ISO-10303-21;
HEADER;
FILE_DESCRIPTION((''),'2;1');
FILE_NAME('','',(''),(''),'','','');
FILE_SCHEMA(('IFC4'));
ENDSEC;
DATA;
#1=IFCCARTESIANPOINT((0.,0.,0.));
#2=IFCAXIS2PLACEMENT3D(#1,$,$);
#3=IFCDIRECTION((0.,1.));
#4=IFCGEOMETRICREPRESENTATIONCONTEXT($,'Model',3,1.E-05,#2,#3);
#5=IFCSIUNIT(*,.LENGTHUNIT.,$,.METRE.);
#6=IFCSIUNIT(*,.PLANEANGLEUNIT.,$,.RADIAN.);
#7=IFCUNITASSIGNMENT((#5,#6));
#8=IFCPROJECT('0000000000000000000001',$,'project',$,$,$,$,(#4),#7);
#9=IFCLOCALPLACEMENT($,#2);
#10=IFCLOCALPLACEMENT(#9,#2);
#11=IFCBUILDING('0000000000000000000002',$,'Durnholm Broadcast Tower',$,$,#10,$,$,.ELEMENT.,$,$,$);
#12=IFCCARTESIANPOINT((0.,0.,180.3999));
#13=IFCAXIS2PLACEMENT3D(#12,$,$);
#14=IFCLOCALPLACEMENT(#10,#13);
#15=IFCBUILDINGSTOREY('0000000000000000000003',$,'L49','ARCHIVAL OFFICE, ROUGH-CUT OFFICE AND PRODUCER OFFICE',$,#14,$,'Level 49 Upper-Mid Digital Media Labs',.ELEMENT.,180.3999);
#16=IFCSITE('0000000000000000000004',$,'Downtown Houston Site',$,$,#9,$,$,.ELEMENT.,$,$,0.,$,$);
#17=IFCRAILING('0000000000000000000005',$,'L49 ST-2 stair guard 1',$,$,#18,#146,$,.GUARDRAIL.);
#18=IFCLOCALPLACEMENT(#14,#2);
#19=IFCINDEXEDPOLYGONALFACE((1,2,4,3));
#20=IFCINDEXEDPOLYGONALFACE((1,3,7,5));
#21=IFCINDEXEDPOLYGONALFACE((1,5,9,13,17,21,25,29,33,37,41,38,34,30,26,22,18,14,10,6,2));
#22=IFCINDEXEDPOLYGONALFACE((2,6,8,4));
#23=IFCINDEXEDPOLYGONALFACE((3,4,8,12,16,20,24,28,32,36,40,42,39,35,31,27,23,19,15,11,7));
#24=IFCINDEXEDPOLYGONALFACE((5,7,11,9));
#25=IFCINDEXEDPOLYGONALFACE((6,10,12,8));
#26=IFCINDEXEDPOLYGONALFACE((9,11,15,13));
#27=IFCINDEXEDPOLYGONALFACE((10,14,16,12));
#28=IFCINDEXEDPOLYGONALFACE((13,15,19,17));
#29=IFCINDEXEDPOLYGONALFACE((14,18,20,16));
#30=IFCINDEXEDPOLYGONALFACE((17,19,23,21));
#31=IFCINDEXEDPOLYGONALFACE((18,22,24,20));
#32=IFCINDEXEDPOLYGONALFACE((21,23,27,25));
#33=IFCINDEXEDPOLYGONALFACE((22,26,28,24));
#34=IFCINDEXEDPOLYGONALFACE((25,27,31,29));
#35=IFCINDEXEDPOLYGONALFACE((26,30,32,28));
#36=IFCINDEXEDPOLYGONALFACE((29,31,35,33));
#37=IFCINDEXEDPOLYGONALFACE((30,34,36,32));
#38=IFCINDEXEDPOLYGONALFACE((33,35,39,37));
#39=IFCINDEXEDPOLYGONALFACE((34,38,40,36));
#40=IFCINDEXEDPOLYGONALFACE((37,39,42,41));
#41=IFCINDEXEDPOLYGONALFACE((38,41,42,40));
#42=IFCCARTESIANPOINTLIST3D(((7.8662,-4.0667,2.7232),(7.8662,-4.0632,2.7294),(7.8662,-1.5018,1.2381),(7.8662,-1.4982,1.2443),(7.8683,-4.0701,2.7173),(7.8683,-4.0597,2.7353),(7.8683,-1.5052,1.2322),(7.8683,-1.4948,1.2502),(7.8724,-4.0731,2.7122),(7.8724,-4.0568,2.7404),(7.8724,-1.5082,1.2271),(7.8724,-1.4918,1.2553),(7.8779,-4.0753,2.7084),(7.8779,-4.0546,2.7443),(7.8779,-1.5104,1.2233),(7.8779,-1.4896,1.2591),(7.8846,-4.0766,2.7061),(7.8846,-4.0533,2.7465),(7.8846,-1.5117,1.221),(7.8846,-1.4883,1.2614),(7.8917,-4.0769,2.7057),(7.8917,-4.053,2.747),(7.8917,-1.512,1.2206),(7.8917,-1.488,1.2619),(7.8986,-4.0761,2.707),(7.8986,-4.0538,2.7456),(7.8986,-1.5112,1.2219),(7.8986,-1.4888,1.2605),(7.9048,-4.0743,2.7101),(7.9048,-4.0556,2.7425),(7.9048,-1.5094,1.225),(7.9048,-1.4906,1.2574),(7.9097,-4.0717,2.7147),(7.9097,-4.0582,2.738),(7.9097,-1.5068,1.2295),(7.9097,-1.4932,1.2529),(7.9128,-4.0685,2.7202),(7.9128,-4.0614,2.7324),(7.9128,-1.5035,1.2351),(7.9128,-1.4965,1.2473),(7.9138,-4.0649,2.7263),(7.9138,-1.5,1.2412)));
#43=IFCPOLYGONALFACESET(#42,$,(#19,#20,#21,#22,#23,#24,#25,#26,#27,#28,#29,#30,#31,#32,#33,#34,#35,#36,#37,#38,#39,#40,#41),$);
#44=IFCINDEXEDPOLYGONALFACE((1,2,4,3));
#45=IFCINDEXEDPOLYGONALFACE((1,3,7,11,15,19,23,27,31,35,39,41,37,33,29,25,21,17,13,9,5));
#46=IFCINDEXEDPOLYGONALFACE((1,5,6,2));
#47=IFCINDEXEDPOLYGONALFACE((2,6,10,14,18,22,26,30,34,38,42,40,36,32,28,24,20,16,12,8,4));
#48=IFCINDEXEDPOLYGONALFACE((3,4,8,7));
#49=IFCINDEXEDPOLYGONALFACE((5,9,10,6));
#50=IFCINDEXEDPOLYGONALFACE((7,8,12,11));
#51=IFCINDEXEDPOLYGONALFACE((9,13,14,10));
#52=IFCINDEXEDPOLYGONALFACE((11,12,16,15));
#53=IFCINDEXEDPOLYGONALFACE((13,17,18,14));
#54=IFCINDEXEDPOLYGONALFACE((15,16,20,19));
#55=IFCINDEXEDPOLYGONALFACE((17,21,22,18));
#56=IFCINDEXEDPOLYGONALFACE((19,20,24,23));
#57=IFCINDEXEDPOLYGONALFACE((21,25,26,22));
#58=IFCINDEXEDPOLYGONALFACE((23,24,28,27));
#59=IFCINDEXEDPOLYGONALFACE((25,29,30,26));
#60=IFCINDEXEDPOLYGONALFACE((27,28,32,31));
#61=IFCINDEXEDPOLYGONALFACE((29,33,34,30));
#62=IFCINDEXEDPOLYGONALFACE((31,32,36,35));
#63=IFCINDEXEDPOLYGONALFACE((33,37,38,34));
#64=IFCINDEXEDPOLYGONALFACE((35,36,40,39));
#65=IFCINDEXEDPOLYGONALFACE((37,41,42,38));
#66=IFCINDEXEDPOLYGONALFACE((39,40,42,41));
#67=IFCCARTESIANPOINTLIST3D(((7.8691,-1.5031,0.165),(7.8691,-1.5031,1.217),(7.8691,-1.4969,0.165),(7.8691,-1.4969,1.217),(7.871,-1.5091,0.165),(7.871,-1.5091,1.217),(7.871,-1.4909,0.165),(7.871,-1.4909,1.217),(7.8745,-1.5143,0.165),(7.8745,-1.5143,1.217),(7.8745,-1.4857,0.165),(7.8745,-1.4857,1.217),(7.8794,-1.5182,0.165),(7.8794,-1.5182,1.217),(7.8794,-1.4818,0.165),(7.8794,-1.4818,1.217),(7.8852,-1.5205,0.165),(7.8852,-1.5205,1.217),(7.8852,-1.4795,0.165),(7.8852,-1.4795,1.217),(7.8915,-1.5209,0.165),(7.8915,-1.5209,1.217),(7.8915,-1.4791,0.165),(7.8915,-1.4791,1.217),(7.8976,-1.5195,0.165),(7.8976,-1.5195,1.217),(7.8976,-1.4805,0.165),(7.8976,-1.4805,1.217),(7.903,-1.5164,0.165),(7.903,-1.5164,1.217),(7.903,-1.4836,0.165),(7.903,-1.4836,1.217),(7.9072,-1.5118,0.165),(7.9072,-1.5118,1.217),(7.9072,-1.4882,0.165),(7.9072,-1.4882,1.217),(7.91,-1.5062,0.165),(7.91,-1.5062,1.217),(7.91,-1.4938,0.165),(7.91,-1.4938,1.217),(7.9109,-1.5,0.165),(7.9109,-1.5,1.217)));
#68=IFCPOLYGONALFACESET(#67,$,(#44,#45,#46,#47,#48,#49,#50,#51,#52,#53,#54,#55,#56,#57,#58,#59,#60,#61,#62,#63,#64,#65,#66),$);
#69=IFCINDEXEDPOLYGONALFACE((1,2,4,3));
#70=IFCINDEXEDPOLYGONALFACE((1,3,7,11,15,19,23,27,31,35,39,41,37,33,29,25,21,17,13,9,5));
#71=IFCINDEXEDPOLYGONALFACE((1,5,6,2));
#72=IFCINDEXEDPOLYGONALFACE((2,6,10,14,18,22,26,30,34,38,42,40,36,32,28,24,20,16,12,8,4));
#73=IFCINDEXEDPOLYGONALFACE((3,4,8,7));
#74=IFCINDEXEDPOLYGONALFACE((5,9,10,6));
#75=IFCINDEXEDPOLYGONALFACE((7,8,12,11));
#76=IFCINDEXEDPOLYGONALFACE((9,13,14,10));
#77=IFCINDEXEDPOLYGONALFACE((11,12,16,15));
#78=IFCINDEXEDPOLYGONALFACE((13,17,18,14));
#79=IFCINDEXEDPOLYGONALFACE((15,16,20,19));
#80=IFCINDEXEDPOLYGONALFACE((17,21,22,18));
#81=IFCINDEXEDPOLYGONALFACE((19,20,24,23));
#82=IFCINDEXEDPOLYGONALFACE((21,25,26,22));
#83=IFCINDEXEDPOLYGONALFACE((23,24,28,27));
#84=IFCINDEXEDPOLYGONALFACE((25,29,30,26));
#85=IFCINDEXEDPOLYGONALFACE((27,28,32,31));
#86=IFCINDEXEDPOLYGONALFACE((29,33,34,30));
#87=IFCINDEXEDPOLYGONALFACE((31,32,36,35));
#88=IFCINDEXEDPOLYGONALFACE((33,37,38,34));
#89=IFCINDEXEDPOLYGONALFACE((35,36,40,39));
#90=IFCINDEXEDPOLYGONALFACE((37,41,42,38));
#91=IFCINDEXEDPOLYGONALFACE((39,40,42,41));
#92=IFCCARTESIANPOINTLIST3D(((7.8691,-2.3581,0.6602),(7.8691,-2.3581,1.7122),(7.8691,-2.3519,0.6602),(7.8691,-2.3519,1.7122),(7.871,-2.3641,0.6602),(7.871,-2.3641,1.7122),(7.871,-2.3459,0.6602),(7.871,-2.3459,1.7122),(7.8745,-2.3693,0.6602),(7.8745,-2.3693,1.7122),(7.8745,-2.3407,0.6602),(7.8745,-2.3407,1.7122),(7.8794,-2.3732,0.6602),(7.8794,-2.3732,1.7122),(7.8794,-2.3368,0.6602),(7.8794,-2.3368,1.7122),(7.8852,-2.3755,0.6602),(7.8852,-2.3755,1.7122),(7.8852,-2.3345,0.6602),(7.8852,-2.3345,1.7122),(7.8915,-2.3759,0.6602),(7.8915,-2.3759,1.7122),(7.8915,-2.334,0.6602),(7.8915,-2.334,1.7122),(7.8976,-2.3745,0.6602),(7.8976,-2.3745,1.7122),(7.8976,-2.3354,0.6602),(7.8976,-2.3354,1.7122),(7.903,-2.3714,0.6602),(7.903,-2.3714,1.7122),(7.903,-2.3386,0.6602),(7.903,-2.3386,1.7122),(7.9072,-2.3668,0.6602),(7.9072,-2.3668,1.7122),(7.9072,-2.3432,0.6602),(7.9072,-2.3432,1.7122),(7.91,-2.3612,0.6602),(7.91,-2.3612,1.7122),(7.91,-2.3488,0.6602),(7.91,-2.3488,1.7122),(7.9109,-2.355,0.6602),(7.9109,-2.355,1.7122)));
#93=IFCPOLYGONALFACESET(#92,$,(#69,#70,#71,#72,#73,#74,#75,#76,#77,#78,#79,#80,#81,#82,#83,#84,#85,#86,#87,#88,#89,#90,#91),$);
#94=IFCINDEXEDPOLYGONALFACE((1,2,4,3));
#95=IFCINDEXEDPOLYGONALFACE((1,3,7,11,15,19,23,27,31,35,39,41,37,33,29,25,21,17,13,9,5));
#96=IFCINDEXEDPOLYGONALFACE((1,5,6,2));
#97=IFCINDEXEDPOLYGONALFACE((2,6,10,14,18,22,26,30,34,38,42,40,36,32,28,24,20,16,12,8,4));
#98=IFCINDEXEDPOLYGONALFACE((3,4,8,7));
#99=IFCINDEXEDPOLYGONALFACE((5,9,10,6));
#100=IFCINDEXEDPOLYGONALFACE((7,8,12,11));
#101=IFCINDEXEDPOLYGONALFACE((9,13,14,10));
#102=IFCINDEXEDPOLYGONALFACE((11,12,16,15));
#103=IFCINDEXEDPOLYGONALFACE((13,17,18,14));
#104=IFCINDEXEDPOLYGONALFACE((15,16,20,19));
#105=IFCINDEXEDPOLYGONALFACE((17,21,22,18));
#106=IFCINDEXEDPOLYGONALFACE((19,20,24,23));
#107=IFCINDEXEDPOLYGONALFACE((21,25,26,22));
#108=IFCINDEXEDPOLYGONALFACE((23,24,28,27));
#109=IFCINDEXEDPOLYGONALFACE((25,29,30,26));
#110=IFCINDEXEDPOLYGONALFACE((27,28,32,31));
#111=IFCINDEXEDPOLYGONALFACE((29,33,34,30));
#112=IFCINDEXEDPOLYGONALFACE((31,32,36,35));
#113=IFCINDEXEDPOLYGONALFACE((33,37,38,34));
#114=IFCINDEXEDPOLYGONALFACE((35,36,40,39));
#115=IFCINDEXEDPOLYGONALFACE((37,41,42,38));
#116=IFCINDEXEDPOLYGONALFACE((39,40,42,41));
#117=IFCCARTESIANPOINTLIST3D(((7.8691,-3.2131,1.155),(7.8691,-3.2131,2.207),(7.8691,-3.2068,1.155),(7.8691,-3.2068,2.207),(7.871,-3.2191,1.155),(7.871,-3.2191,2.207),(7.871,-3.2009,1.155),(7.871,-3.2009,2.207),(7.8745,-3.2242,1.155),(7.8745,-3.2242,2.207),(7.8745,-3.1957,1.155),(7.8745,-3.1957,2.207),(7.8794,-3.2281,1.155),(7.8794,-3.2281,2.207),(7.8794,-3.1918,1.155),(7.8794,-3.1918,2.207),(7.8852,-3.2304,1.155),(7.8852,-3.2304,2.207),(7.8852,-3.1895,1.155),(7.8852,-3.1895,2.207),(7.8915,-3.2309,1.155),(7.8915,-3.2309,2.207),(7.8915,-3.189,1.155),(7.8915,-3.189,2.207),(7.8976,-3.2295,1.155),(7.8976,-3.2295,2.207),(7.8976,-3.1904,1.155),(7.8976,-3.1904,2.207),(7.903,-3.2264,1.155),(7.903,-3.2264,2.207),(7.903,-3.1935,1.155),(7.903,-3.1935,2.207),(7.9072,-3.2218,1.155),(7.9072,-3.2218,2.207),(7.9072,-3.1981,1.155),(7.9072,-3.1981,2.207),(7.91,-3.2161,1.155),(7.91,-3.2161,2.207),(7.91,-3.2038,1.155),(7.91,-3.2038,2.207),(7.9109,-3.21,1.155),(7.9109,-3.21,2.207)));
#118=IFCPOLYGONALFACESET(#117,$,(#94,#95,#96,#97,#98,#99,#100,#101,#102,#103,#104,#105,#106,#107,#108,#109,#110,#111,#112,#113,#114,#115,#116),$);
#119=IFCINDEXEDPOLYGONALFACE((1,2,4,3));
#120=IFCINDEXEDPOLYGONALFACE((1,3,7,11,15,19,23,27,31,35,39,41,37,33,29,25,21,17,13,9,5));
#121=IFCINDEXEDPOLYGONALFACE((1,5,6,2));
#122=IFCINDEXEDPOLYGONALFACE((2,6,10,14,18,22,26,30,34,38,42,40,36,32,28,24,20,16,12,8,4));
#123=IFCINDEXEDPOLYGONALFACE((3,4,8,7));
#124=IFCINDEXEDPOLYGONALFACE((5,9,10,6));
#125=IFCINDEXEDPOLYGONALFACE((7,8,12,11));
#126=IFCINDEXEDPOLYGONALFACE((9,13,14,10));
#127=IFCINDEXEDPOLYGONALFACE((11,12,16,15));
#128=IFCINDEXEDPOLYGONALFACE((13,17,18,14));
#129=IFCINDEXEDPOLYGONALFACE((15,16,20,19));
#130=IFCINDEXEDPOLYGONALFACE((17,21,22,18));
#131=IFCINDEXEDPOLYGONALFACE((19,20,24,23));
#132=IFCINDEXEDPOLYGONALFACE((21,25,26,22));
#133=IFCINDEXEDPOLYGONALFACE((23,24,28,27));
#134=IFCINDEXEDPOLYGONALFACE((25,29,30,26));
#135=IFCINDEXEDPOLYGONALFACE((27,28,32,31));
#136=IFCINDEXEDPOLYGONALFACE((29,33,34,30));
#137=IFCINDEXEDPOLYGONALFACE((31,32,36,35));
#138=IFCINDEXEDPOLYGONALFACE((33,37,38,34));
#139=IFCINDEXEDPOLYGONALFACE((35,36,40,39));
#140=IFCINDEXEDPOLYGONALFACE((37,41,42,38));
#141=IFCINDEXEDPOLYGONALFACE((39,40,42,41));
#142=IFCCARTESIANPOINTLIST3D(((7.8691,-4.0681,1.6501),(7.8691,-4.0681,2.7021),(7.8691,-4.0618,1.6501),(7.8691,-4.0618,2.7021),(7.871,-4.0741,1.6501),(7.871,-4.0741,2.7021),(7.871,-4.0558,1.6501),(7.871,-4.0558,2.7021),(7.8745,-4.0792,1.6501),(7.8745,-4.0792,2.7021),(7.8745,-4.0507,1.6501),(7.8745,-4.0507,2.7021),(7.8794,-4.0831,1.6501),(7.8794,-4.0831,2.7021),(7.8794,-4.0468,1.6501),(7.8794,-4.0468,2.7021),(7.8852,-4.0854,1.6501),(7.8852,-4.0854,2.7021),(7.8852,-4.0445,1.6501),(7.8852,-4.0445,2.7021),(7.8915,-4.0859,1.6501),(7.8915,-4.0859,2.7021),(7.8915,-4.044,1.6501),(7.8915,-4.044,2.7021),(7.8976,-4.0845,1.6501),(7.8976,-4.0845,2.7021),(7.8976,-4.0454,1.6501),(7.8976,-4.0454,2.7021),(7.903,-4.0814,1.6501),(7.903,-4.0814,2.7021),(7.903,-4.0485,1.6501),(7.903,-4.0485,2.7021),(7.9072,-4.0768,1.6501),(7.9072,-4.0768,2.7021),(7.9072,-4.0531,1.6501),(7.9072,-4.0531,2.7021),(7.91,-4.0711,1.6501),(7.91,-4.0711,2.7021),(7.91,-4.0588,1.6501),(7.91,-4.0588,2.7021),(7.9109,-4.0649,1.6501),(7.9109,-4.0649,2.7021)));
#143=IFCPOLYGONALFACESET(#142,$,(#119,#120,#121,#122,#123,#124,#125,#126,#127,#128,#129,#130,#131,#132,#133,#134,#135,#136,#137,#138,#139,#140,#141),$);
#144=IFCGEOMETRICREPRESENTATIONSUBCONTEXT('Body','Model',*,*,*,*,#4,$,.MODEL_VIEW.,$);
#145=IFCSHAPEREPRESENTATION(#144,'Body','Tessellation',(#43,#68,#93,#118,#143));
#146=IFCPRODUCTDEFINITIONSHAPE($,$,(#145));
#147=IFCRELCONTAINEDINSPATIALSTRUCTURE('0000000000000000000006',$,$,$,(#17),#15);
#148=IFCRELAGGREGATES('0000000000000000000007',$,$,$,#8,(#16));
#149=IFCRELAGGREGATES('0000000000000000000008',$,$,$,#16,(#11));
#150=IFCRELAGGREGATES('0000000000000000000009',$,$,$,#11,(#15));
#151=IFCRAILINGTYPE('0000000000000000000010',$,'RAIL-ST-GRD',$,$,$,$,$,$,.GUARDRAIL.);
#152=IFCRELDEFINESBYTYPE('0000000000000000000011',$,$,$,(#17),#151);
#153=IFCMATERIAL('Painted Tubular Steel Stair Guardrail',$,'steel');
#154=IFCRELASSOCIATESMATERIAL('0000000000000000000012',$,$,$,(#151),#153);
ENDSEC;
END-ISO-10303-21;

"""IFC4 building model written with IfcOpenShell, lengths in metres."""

from ifc_helpers import new_model, si_unit, direction, frame, origin, origin_2d, place, context, subcontext, project, spatial, circle, extrude, material, type_object, element, save


model = new_model("IFC4")

# Units and contexts
model_context = context("Model", 3, precision=1e-05, world=origin(), true_north=direction((0.0, 1.0)))
body_context = subcontext(model_context, "Body", "Model", "MODEL_VIEW")
ifc_project = project(units=[si_unit("LENGTHUNIT", "METRE"), si_unit("PLANEANGLEUNIT", "RADIAN")], contexts=[model_context])

# Site, building, storey
site_placement = place(None, origin())
site = spatial("IfcSite", under=ifc_project, at=site_placement, Name="Downtown Houston Site", CompositionType="ELEMENT", RefElevation=0.0)
building_placement = place(site_placement, origin())
building = spatial("IfcBuilding", under=site, at=building_placement, Name="Durnholm Broadcast Tower", CompositionType="ELEMENT")
storey_placement = place(building_placement, frame((0.0, 0.0, 180.3999)))
storey = spatial("IfcBuildingStorey", under=building, at=storey_placement, Name="L49", Description="ARCHIVAL OFFICE, ROUGH-CUT OFFICE AND PRODUCER OFFICE", LongName="Level 49 Upper-Mid Digital Media Labs", CompositionType="ELEMENT", Elevation=180.3999)

# Railing
ifc_material_1 = material(Name="Painted Tubular Steel Stair Guardrail", Category="steel")
railing_type_1 = type_object("IfcRailingType", Name="RAIL-ST-GRD", PredefinedType="GUARDRAIL", material=ifc_material_1)
railing_1_placement = place(storey_placement, frame((7.8899, -1.5, 0.165)))
element("IfcRailing", 1, at=railing_1_placement, inside=storey, type_object=railing_type_1, Name="L49 ST-2 stair guard 1", PredefinedType="GUARDRAIL", context=body_context, shape_type="SweptSolid", body=[
    extrude(circle(Radius=0.0239, at=origin_2d()), frame((0.0, 0.0, 1.0762), z_axis=(0.0, -0.865406, 0.501072), x_axis=(1.0, 0.0, 0.0)), (0.0, 0.0, 1.0), 2.9639),
    extrude(circle(Radius=0.021, at=origin_2d()), origin(), (0.0, 0.0, 1.0), 1.052),
    extrude(circle(Radius=0.021, at=origin_2d()), frame((0.0, -0.855, 0.4951)), (0.0, 0.0, 1.0), 1.052),
    extrude(circle(Radius=0.021, at=origin_2d()), frame((0.0, -1.71, 0.99)), (0.0, 0.0, 1.0), 1.052),
    extrude(circle(Radius=0.021, at=origin_2d()), frame((0.0, -2.5649, 1.4851)), (0.0, 0.0, 1.0), 1.052),
])

save(model, "model.ifc")
